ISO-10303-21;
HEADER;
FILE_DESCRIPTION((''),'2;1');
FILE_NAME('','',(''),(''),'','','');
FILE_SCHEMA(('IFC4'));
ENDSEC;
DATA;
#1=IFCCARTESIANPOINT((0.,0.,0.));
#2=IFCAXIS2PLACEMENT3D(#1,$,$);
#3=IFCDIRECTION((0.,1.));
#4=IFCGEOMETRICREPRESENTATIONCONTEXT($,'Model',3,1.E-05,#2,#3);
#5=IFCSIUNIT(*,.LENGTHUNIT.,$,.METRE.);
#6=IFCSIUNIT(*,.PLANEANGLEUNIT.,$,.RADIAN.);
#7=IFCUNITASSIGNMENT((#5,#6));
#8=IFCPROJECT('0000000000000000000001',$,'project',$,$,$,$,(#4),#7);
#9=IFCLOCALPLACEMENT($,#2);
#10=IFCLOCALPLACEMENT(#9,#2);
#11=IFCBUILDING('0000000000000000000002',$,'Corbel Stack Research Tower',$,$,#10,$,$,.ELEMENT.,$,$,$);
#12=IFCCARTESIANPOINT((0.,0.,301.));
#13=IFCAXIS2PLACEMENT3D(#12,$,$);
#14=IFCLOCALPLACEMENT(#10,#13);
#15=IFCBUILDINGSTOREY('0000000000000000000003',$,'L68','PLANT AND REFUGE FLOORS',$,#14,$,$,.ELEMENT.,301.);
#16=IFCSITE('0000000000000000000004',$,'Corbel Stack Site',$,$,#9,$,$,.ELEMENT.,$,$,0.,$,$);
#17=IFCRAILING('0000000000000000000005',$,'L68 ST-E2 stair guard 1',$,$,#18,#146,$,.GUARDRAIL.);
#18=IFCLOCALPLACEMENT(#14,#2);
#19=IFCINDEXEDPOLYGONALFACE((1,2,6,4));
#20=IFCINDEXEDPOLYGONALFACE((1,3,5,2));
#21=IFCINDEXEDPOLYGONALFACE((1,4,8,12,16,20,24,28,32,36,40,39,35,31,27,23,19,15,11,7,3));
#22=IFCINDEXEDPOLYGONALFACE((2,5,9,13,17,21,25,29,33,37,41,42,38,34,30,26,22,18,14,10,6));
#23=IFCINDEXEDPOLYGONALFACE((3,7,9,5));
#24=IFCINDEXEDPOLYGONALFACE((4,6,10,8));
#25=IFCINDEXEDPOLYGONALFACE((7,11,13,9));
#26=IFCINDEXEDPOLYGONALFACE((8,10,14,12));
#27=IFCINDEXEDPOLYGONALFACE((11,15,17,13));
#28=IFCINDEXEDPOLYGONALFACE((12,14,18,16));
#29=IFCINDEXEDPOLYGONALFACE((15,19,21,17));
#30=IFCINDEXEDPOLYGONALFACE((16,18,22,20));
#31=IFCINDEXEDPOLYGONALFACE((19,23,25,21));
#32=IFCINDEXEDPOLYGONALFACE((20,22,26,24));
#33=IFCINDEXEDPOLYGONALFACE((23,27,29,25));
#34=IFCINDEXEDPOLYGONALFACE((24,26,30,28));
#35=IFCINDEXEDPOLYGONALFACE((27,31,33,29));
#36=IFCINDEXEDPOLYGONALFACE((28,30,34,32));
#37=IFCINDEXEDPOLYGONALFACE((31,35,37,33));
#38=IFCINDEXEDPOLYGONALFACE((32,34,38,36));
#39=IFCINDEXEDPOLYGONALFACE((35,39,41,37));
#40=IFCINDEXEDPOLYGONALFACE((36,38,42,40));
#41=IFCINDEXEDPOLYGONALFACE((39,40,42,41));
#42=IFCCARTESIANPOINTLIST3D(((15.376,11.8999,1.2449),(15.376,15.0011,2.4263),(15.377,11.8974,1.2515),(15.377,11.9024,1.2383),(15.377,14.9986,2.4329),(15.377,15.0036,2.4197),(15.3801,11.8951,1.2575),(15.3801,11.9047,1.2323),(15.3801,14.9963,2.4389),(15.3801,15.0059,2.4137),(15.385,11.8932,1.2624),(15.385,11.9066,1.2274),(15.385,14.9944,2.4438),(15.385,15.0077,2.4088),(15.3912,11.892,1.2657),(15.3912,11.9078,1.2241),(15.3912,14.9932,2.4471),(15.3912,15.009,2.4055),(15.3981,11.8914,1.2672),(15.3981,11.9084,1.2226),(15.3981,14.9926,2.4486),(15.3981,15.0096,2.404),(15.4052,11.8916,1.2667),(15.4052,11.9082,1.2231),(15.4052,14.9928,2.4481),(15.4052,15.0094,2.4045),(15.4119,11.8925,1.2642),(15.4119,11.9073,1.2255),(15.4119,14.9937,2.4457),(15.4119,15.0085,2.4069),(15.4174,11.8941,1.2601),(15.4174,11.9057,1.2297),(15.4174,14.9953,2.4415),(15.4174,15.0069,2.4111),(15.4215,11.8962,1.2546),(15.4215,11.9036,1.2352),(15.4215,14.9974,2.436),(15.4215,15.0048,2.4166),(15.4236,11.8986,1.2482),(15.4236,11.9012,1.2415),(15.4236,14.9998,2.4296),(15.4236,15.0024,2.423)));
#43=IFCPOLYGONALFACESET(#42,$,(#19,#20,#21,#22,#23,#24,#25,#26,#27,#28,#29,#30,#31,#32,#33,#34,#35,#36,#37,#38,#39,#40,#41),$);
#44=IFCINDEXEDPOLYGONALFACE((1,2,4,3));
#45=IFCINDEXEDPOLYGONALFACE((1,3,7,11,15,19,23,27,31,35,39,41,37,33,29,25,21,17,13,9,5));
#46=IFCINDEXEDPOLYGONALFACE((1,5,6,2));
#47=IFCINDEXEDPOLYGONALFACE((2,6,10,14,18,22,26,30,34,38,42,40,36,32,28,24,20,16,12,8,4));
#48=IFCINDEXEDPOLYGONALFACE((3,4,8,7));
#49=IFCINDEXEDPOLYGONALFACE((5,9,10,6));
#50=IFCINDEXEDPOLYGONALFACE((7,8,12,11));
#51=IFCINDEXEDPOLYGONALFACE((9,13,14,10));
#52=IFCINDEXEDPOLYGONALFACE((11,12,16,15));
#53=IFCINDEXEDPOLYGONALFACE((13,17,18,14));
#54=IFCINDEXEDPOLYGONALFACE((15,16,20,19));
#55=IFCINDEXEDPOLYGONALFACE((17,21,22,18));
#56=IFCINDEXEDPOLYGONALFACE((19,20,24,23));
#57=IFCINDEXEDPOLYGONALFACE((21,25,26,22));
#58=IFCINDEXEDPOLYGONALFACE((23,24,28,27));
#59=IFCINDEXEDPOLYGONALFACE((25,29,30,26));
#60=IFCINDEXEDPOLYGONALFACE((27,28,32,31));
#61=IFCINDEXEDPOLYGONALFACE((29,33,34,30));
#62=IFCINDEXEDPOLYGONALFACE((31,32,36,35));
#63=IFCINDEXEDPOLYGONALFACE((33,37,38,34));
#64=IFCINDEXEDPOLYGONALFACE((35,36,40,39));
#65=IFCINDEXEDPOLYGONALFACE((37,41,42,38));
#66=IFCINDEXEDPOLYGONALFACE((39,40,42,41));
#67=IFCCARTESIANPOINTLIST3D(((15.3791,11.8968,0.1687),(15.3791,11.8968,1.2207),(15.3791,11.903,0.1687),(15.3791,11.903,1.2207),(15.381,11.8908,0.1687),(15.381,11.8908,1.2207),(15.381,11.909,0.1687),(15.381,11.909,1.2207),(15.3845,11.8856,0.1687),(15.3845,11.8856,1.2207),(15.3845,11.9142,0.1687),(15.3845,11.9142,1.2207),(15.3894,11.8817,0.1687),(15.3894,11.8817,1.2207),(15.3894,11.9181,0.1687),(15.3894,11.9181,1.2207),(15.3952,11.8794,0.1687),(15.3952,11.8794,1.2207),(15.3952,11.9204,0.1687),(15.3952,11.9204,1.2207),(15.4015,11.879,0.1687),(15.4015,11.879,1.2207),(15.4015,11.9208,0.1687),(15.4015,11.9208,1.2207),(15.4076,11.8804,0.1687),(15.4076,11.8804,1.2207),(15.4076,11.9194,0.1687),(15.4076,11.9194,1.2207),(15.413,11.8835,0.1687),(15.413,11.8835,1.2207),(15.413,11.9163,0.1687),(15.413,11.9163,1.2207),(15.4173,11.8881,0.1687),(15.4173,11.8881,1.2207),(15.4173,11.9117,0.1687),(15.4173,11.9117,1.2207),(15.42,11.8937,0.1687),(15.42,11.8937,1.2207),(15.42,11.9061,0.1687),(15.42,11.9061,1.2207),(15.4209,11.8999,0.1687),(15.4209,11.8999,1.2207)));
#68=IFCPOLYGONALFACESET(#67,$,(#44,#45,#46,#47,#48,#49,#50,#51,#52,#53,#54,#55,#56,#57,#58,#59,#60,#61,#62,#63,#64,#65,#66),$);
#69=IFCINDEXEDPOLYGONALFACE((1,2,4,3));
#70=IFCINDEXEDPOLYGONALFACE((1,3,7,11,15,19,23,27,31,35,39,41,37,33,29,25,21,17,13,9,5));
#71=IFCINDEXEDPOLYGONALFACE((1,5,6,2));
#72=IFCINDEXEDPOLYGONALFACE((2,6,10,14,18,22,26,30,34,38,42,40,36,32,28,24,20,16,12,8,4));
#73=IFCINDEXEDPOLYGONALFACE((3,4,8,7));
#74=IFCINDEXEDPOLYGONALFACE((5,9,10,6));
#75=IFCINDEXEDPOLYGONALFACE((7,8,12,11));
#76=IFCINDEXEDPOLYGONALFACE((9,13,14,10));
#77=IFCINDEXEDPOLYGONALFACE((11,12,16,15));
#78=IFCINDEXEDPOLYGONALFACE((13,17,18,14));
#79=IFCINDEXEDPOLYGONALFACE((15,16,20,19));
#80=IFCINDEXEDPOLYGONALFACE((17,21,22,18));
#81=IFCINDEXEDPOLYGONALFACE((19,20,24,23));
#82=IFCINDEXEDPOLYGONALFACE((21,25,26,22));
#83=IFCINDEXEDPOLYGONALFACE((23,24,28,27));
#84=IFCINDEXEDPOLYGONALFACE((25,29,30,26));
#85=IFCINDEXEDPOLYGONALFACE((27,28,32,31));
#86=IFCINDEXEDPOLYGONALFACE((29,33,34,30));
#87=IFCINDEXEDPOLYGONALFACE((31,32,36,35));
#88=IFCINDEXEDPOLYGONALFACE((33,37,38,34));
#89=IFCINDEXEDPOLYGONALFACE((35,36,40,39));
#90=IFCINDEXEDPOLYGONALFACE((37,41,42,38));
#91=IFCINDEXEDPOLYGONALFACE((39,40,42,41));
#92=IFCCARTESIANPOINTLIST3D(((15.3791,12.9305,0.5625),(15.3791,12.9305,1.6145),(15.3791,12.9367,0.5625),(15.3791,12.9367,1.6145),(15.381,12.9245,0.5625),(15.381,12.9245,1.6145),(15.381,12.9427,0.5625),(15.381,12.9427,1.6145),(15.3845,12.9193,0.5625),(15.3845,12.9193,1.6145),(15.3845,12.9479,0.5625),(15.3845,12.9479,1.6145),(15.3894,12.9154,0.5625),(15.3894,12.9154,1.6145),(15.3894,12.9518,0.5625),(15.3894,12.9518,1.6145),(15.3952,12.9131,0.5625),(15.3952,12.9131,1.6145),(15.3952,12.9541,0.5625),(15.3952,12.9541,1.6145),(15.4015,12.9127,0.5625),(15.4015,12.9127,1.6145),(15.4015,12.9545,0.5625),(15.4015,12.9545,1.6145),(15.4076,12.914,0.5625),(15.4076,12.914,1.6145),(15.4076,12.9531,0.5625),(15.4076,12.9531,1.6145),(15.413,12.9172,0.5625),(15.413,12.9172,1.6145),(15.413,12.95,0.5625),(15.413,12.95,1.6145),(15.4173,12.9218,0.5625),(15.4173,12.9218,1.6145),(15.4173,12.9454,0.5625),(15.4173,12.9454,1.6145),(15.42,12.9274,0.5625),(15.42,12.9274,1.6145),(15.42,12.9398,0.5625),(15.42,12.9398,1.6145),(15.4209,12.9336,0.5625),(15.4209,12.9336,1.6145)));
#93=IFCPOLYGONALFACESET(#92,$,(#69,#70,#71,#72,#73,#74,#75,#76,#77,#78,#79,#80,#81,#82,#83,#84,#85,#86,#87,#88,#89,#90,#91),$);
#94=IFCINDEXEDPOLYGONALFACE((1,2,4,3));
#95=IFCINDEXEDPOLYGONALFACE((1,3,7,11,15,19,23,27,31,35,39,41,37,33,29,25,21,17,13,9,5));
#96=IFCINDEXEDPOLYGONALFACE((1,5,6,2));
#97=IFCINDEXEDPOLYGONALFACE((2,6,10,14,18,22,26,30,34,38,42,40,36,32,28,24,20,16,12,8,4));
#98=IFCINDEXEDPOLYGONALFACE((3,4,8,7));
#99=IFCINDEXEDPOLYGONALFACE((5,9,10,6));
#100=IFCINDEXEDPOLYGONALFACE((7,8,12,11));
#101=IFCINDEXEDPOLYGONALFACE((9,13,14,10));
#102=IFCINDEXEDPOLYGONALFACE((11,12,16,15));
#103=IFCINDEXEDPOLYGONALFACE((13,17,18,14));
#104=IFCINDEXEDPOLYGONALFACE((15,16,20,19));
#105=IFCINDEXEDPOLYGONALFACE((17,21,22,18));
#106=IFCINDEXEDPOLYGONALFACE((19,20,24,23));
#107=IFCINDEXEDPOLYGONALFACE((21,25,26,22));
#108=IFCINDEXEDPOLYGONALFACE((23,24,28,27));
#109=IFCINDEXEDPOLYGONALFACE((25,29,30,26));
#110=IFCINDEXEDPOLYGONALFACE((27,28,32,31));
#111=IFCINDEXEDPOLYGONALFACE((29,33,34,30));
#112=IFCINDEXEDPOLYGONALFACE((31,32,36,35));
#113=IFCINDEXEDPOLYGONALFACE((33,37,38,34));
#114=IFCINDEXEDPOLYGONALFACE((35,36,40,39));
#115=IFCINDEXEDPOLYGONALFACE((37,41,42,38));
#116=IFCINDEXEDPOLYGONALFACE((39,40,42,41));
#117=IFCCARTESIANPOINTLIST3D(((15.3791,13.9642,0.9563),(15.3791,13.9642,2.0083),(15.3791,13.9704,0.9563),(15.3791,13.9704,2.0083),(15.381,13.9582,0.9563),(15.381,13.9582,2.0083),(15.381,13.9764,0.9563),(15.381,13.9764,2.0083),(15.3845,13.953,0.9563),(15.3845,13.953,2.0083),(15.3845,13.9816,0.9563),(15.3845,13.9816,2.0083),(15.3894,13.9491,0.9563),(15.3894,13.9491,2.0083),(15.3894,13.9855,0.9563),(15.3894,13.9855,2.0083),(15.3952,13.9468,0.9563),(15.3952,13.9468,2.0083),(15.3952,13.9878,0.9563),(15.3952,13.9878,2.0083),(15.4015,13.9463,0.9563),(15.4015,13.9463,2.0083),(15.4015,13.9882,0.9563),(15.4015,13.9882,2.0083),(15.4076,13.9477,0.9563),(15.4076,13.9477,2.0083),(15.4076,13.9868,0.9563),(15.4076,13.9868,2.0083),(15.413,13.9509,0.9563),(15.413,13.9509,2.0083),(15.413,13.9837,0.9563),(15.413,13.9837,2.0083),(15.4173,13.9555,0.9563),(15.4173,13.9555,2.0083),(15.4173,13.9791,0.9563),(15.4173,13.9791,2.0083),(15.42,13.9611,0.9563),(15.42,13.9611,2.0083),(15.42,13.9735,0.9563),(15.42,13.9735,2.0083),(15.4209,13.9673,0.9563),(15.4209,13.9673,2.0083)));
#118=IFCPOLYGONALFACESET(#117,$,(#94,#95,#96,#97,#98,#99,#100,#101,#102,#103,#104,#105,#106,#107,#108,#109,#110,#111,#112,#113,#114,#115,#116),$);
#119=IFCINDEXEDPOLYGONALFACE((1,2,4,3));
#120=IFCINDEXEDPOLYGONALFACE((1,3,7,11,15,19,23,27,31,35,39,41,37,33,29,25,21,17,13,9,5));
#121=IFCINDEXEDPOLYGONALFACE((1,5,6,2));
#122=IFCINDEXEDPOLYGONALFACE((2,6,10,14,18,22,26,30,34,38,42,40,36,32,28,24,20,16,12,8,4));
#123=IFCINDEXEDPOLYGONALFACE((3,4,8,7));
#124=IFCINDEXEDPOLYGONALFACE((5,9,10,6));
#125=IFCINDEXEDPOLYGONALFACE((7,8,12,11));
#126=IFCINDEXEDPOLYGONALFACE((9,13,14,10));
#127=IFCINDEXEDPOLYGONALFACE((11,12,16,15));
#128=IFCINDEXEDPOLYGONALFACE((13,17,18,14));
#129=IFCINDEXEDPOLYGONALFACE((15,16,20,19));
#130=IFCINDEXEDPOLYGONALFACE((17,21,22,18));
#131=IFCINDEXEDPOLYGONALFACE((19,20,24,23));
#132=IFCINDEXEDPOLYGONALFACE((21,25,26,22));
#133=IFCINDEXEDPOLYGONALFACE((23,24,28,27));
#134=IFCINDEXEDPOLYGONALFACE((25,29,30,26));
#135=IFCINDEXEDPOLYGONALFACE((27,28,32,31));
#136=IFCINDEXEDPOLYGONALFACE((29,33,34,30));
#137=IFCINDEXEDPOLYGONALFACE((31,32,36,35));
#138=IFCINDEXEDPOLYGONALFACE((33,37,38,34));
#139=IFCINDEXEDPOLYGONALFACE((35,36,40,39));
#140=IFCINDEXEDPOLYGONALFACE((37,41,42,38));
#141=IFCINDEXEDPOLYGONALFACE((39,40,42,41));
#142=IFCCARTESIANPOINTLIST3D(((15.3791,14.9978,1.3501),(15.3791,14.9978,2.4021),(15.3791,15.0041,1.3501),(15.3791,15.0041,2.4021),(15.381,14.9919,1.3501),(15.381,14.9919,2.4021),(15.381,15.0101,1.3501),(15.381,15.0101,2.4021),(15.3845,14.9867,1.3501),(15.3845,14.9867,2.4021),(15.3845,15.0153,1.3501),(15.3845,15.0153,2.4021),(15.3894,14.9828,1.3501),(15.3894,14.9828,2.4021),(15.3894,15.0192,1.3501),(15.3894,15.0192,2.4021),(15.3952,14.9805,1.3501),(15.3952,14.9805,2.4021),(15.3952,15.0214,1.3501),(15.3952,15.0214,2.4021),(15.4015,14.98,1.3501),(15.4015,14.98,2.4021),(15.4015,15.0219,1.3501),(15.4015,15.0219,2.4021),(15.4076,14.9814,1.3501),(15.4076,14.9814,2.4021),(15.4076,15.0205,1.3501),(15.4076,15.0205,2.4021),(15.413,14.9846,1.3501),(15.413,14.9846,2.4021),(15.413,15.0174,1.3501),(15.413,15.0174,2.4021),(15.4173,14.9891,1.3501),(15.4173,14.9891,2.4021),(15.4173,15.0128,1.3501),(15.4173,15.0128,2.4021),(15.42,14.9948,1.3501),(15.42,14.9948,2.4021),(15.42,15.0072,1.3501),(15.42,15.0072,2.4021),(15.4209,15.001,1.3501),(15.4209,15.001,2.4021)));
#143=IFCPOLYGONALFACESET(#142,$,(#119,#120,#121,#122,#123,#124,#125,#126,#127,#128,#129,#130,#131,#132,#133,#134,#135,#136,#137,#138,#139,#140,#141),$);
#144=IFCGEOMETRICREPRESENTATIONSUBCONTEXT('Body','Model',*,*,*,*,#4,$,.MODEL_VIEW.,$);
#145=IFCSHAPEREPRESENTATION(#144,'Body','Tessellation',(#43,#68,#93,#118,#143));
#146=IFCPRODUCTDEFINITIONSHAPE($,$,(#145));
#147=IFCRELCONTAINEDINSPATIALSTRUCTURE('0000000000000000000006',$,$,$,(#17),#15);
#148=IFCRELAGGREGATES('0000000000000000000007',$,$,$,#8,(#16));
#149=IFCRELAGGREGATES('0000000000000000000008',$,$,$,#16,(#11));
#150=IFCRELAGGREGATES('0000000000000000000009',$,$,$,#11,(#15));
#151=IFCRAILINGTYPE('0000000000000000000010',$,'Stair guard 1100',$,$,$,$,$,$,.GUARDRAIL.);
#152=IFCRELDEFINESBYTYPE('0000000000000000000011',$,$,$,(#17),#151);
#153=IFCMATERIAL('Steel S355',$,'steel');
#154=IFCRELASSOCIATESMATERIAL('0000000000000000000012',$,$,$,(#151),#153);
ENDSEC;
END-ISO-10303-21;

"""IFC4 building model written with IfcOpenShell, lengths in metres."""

from ifc_helpers import new_model, si_unit, direction, frame, origin, origin_2d, place, context, subcontext, project, spatial, circle, extrude, material, type_object, element, save


model = new_model("IFC4")

# Units and contexts
model_context = context("Model", 3, precision=1e-05, world=origin(), true_north=direction((0.0, 1.0)))
body_context = subcontext(model_context, "Body", "Model", "MODEL_VIEW")
ifc_project = project(units=[si_unit("LENGTHUNIT", "METRE"), si_unit("PLANEANGLEUNIT", "RADIAN")], contexts=[model_context])

# Site, building, storey
site_placement = place(None, origin())
site = spatial("IfcSite", under=ifc_project, at=site_placement, Name="Corbel Stack Site", CompositionType="ELEMENT", RefElevation=0.0)
building_placement = place(site_placement, origin())
building = spatial("IfcBuilding", under=site, at=building_placement, Name="Corbel Stack Research Tower", CompositionType="ELEMENT")
storey_placement = place(building_placement, frame((0.0, 0.0, 301.0)))
storey = spatial("IfcBuildingStorey", under=building, at=storey_placement, Name="L68", Description="PLANT AND REFUGE FLOORS", CompositionType="ELEMENT", Elevation=301.0)

# Railing
ifc_material_1 = material(Name="Steel S355", Category="steel")
railing_type_1 = type_object("IfcRailingType", Name="Stair guard 1100", PredefinedType="GUARDRAIL", material=ifc_material_1)
railing_1_placement = place(storey_placement, frame((15.3999, 11.8999, 0.1687)))
element("IfcRailing", 1, at=railing_1_placement, inside=storey, type_object=railing_type_1, Name="L68 ST-E2 stair guard 1", PredefinedType="GUARDRAIL", context=body_context, shape_type="SweptSolid", body=[
    extrude(circle(Radius=0.0239, at=origin_2d()), frame((0.0, 0.0, 1.0762), z_axis=(0.0, 0.934484, 0.356005), x_axis=(-1.0, 0.0, 0.0)), (0.0, 0.0, 1.0), 3.3186),
    extrude(circle(Radius=0.021, at=origin_2d()), origin(), (0.0, 0.0, 1.0), 1.052),
    extrude(circle(Radius=0.021, at=origin_2d()), frame((0.0, 1.0337, 0.3938)), (0.0, 0.0, 1.0), 1.052),
    extrude(circle(Radius=0.021, at=origin_2d()), frame((0.0, 2.0674, 0.7876)), (0.0, 0.0, 1.0), 1.052),
    extrude(circle(Radius=0.021, at=origin_2d()), frame((0.0, 3.1011, 1.1814)), (0.0, 0.0, 1.0), 1.052),
])

save(model, "model.ifc")
